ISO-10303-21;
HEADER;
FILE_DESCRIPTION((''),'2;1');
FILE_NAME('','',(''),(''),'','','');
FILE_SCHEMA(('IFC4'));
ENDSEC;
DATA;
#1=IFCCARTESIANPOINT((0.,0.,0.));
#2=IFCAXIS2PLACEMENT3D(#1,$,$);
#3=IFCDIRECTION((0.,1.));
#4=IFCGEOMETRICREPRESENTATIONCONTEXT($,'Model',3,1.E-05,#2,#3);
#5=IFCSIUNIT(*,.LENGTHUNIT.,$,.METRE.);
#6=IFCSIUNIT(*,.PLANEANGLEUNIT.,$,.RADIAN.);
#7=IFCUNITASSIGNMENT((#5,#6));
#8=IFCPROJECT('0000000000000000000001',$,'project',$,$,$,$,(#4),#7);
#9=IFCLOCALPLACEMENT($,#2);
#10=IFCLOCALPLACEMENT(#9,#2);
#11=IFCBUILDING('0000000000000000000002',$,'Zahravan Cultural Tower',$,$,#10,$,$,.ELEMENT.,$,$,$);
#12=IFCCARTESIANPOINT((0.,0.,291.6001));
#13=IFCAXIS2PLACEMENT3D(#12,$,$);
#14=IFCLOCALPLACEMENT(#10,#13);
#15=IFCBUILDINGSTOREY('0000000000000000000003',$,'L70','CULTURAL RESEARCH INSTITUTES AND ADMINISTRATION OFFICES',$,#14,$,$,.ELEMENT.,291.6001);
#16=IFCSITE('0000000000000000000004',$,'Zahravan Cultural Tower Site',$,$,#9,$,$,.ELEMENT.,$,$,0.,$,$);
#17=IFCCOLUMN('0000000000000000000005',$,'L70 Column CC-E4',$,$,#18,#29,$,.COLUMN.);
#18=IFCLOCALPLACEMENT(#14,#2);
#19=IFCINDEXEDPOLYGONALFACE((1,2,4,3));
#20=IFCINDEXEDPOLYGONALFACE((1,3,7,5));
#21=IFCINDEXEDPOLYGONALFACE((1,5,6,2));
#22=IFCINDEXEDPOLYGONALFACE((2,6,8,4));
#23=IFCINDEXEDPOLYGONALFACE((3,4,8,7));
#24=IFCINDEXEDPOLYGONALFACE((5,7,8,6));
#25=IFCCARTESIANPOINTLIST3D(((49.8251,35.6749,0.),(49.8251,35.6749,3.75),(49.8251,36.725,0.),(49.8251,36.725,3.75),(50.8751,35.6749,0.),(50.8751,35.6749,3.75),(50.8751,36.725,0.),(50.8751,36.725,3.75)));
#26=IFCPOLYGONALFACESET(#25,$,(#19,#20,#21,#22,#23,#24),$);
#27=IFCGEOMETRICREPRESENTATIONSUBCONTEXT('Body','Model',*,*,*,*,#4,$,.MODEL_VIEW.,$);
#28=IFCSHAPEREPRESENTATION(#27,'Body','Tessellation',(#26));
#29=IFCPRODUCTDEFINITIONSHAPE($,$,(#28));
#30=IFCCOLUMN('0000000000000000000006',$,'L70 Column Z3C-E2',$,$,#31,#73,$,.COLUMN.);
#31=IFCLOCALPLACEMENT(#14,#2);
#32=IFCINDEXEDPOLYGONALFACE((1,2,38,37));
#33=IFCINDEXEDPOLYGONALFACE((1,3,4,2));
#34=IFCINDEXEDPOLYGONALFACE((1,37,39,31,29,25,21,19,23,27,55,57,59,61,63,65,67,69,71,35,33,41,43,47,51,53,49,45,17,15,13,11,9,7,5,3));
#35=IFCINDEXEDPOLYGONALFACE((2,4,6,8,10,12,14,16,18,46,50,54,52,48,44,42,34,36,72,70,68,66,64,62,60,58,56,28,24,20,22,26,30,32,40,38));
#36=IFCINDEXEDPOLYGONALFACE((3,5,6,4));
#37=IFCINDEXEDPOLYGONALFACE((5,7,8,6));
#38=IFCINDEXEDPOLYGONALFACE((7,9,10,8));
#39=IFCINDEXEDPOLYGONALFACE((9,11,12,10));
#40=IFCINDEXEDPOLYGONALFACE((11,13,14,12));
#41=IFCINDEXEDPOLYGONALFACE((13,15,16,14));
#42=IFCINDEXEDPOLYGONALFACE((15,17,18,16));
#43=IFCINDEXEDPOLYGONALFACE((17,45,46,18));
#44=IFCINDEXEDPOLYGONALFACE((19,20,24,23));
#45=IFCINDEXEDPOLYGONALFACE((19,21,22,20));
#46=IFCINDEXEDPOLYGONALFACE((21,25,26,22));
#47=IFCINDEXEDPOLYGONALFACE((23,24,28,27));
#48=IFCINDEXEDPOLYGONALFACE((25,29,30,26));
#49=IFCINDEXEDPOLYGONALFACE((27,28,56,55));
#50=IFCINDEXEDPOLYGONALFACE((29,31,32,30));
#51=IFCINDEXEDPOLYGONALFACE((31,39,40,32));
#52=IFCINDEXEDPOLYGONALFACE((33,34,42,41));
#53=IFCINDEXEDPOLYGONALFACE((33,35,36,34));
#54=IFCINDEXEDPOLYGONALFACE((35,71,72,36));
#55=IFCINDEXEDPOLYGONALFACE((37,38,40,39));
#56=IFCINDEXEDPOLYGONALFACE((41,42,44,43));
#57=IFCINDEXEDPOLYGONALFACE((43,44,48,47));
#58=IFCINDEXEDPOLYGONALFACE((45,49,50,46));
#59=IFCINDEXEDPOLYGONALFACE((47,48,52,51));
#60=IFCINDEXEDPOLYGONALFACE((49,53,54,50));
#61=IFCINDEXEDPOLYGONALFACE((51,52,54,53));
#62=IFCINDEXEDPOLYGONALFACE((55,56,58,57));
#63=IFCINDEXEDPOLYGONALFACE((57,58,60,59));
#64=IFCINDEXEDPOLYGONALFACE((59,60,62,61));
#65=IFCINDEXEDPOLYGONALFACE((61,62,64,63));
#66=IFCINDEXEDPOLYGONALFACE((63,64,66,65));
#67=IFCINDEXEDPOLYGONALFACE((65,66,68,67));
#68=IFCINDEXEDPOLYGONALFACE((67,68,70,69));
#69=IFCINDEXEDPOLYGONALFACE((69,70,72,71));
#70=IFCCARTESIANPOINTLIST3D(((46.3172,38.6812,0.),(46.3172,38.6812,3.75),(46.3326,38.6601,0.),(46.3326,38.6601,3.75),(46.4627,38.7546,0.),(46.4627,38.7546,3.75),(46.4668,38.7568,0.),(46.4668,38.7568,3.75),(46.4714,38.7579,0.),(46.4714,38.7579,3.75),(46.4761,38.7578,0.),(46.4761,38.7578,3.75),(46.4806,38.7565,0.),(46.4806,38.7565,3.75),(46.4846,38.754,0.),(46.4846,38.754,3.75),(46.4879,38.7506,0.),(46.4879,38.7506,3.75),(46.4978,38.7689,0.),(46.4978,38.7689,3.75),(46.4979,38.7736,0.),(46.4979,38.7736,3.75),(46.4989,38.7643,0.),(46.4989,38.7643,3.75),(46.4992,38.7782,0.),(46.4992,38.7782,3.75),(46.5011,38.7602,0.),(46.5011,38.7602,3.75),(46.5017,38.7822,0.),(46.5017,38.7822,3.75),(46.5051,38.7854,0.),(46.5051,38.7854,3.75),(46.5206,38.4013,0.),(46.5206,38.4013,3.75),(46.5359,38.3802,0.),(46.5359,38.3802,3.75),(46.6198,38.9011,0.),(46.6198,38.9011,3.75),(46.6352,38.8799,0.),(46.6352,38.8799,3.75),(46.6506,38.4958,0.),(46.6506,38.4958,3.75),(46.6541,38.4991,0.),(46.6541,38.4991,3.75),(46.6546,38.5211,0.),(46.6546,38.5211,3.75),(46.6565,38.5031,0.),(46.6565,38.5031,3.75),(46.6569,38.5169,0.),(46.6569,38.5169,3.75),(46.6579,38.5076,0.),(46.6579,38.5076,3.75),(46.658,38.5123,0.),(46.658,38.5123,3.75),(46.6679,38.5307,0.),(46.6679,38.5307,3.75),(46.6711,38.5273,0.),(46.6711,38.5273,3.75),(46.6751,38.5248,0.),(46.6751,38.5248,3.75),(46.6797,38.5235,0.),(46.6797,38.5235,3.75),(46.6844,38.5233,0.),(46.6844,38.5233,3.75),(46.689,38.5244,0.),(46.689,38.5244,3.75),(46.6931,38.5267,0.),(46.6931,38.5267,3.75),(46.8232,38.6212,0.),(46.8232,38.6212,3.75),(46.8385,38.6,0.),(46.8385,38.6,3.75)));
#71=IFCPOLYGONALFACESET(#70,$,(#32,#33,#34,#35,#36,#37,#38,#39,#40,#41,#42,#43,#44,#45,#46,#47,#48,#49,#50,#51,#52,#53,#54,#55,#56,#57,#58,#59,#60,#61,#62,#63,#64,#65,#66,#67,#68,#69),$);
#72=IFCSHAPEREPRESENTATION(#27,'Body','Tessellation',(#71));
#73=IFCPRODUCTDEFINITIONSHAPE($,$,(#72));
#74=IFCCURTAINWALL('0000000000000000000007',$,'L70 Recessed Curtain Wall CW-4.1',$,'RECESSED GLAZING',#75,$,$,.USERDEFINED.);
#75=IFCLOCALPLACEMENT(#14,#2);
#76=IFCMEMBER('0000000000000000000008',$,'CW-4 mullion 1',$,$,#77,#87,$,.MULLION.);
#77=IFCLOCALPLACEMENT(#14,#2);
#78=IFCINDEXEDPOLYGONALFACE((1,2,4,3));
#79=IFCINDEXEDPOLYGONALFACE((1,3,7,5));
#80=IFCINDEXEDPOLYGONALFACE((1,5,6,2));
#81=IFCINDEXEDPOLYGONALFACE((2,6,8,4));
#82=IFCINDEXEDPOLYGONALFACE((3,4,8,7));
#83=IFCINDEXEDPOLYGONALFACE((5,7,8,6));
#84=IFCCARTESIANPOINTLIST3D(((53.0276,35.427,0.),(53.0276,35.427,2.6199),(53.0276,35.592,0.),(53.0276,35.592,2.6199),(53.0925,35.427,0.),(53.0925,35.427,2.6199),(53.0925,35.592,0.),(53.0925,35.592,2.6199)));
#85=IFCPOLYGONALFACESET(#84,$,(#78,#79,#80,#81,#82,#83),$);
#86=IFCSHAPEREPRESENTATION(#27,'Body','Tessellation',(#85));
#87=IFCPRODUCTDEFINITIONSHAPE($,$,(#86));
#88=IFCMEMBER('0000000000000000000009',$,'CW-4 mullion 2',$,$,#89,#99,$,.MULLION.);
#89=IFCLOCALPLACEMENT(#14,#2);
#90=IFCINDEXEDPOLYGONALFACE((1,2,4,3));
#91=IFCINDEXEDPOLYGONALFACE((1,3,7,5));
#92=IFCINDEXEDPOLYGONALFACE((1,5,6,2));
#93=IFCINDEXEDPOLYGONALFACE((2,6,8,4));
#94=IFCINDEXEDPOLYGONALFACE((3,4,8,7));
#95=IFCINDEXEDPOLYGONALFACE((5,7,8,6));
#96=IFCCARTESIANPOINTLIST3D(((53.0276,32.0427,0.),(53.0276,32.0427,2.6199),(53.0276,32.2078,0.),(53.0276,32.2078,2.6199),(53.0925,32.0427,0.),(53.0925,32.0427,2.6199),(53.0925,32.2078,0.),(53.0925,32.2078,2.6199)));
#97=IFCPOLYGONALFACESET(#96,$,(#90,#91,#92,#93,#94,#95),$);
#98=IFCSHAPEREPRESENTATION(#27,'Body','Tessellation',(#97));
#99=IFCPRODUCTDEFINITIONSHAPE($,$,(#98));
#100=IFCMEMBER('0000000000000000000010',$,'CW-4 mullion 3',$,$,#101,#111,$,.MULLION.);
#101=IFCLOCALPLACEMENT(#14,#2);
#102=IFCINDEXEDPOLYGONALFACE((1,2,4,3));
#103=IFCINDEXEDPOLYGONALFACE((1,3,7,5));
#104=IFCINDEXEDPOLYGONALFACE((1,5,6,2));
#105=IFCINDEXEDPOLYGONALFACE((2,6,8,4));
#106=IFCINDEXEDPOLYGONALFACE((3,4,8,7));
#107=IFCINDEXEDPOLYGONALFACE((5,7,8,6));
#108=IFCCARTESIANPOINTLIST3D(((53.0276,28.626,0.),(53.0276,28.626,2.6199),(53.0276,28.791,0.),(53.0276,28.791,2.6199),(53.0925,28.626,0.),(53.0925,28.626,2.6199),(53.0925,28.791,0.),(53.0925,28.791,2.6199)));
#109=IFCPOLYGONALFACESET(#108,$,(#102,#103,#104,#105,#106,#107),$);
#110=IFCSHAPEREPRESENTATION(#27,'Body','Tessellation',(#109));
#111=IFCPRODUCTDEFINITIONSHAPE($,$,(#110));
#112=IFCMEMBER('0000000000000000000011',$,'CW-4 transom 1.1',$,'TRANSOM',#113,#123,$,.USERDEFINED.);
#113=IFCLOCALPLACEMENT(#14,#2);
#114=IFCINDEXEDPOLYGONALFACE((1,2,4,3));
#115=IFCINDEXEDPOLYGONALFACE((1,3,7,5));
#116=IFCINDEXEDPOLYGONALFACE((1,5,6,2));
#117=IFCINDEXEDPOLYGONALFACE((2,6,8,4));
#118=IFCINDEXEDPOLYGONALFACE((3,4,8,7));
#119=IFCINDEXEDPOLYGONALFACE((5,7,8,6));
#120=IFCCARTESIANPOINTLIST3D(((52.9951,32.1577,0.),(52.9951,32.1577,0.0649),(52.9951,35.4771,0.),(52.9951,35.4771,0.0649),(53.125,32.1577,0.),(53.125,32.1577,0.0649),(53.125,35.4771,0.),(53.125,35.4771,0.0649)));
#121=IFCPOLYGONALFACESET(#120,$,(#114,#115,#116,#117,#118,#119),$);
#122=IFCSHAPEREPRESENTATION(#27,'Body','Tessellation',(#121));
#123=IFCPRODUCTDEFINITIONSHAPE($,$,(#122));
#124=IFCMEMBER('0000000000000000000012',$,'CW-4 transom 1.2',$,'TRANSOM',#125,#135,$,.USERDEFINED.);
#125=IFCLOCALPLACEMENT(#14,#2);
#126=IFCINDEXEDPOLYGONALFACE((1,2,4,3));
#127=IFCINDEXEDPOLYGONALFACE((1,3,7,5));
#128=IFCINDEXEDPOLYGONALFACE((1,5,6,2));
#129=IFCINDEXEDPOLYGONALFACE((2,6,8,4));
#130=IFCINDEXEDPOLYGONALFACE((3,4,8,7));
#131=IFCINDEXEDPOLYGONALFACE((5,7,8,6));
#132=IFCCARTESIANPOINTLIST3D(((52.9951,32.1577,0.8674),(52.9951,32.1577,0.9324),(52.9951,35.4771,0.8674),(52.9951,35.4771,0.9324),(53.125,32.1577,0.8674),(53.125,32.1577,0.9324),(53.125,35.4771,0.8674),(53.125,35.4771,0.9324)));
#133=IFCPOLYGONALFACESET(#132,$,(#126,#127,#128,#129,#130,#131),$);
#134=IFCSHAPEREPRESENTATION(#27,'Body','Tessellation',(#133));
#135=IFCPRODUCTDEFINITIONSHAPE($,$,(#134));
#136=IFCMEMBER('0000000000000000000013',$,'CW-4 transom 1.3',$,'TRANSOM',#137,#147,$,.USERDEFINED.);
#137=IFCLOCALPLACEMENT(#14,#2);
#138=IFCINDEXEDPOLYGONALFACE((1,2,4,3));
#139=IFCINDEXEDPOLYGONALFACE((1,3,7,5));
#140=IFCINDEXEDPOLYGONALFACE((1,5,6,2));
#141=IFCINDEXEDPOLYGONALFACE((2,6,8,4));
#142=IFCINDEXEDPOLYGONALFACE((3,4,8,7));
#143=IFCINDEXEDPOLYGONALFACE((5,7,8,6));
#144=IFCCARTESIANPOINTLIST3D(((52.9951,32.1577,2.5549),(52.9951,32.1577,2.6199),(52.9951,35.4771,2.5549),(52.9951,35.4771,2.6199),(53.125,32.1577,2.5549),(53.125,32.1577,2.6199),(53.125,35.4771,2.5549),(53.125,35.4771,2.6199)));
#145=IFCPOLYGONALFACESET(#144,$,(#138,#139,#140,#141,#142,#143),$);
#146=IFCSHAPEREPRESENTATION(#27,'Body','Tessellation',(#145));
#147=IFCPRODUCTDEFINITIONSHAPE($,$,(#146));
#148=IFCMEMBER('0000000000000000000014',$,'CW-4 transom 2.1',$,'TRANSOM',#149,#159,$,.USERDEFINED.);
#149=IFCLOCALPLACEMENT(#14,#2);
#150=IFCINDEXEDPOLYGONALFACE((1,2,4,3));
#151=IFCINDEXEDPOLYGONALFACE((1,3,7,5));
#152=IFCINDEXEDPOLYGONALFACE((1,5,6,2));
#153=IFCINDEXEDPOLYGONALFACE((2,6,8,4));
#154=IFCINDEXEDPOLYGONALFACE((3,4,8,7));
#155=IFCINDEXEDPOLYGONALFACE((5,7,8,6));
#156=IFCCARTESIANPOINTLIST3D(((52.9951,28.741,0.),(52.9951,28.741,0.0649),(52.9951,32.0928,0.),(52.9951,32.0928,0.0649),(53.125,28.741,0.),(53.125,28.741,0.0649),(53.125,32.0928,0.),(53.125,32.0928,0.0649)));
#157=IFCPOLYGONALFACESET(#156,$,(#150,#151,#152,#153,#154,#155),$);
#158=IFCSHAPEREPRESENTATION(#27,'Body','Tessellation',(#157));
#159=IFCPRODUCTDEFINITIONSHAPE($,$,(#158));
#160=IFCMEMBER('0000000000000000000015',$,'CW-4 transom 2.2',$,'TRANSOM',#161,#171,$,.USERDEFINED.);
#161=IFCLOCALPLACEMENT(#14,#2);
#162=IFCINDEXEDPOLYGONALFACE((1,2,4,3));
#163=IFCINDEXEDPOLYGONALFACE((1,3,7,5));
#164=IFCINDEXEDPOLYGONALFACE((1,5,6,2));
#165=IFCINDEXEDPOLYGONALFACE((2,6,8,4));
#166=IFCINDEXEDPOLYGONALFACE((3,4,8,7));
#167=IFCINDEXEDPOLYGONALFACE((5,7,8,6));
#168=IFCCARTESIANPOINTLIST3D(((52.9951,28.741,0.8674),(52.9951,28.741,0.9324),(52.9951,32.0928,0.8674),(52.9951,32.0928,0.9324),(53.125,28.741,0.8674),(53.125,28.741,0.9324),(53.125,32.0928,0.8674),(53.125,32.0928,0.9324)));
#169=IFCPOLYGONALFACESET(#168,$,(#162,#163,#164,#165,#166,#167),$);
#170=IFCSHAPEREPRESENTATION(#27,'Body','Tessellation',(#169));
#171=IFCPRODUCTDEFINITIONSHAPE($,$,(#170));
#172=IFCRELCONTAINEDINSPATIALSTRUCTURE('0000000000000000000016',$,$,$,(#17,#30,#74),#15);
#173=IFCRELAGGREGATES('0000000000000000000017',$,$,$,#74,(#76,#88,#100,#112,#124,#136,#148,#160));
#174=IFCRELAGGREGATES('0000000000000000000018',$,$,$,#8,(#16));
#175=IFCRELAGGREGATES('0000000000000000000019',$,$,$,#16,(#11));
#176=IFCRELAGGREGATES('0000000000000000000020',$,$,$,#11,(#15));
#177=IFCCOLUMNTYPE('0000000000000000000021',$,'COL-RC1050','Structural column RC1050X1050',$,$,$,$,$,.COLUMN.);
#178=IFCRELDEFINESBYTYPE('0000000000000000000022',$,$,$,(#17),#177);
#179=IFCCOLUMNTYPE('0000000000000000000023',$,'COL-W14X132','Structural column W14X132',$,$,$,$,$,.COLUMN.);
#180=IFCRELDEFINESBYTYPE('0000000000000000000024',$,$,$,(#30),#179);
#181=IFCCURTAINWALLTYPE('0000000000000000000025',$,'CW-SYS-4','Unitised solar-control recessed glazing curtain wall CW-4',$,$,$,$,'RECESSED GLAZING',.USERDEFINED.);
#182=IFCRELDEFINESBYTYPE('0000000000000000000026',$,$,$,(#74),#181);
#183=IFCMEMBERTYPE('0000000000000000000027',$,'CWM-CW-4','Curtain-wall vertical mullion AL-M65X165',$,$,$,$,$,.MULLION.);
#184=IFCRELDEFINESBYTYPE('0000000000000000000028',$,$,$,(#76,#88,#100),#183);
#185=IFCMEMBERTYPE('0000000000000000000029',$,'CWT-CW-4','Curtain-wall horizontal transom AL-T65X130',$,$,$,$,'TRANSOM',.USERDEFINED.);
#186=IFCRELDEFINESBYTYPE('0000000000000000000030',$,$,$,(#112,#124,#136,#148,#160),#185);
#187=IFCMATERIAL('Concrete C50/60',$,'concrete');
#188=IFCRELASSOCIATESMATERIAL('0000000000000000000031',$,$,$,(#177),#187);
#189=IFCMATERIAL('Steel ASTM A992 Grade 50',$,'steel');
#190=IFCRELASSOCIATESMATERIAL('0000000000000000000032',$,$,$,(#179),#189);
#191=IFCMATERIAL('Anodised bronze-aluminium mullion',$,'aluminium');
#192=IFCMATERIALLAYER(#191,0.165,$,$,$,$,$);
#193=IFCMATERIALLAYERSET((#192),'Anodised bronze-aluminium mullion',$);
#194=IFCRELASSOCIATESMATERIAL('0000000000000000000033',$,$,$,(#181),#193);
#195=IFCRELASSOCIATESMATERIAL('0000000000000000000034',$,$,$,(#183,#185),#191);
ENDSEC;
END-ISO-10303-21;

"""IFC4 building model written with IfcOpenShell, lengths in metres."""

from ifc_helpers import new_model, si_unit, direction, frame, origin, origin_2d, place, context, subcontext, project, spatial, rectangle, i_section, extrude, source, transform, mapped, material, layer, layer_set, material_profile, profile_set, type_object, element, aggregate, save


model = new_model("IFC4")

# Units and contexts
model_context = context("Model", 3, precision=1e-05, world=origin(), true_north=direction((0.0, 1.0)))
body_context = subcontext(model_context, "Body", "Model", "MODEL_VIEW")
ifc_project = project(units=[si_unit("LENGTHUNIT", "METRE"), si_unit("PLANEANGLEUNIT", "RADIAN")], contexts=[model_context])

# Site, building, storey
site_placement = place(None, origin())
site = spatial("IfcSite", under=ifc_project, at=site_placement, Name="Zahravan Cultural Tower Site", CompositionType="ELEMENT", RefElevation=0.0)
building_placement = place(site_placement, origin())
building = spatial("IfcBuilding", under=site, at=building_placement, Name="Zahravan Cultural Tower", CompositionType="ELEMENT")
storey_placement = place(building_placement, frame((0.0, 0.0, 291.6001)))
storey = spatial("IfcBuildingStorey", under=building, at=storey_placement, Name="L70", Description="CULTURAL RESEARCH INSTITUTES AND ADMINISTRATION OFFICES", CompositionType="ELEMENT", Elevation=291.6001)

# Columns
ifc_material_1 = material(Name="Concrete C50/60", Category="concrete")
ifc_material_profile_1 = material_profile(ifc_material_1, rectangle(XDim=1.05, YDim=1.05, at=origin_2d()), Name="RC1050X1050")
ifc_profile_set_1 = profile_set([ifc_material_profile_1], Name="Concrete C50/60")
column_type_1 = type_object("IfcColumnType", Name="COL-RC1050", Description="Structural column RC1050X1050", PredefinedType="COLUMN", material=ifc_profile_set_1)
shared_shape_1 = source(origin(), body_context, "Body", "SweptSolid", [
    extrude(rectangle(XDim=1.05, YDim=1.05, at=origin_2d()), origin(), (0.0, 0.0, 1.0), 3.75),
])
column_1_placement = place(storey_placement, frame((50.3501, 36.2, 0.0), z_axis=(0.0, 0.0, 1.0), x_axis=(1.0, 0.0, 0.0)))
element("IfcColumn", 1, at=column_1_placement, inside=storey, type_object=column_type_1, Name="L70 Column CC-E4", PredefinedType="COLUMN", context=body_context, shape_type="MappedRepresentation", body=[
    mapped(shared_shape_1, transform((0.0, 0.0, 0.0), x_axis=(1.0, 0.0, 0.0), y_axis=(0.0, 1.0, 0.0), z_axis=(0.0, 0.0, 1.0), scale=1.0)),
])
ifc_material_2 = material(Name="Steel ASTM A992 Grade 50", Category="steel")
ifc_material_profile_2 = material_profile(ifc_material_2, i_section(OverallWidth=0.374, OverallDepth=0.3721, WebThickness=0.0164, FlangeThickness=0.0261, FilletRadius=0.0181, at=origin_2d()), Name="W14X132")
ifc_profile_set_2 = profile_set([ifc_material_profile_2], Name="Steel ASTM A992 Grade 50")
column_type_2 = type_object("IfcColumnType", Name="COL-W14X132", Description="Structural column W14X132", PredefinedType="COLUMN", material=ifc_profile_set_2)
shared_shape_2 = source(origin(), body_context, "Body", "SweptSolid", [
    extrude(i_section(OverallWidth=0.374, OverallDepth=0.3721, WebThickness=0.0164, FlangeThickness=0.0261, FilletRadius=0.0181, at=origin_2d()), origin(), (0.0, 0.0, 1.0), 3.75),
])
column_2_placement = place(storey_placement, frame((46.5779, 38.6406, 0.0), z_axis=(0.0, 0.0, 1.0), x_axis=(0.809017, 0.587785, 0.0)))
element("IfcColumn", 2, at=column_2_placement, inside=storey, type_object=column_type_2, Name="L70 Column Z3C-E2", PredefinedType="COLUMN", context=body_context, shape_type="MappedRepresentation", body=[
    mapped(shared_shape_2, transform((0.0, 0.0, 0.0), x_axis=(1.0, 0.0, 0.0), y_axis=(0.0, 1.0, 0.0), z_axis=(0.0, 0.0, 1.0), scale=1.0)),
])

# Curtain wall, members
ifc_material_3 = material(Name="Anodised bronze-aluminium mullion", Category="aluminium")
ifc_layer_1 = layer(ifc_material_3, 0.165)
ifc_layer_set_1 = layer_set([ifc_layer_1], Name="Anodised bronze-aluminium mullion")
curtain_wall_type = type_object("IfcCurtainWallType", Name="CW-SYS-4", Description="Unitised solar-control recessed glazing curtain wall CW-4", ElementType="RECESSED GLAZING", PredefinedType="USERDEFINED", material=ifc_layer_set_1)
curtain_wall_placement = place(storey_placement, origin())
curtain_wall = element("IfcCurtainWall", 3, at=curtain_wall_placement, inside=storey, type_object=curtain_wall_type, Name="L70 Recessed Curtain Wall CW-4.1", ObjectType="RECESSED GLAZING", PredefinedType="USERDEFINED")
ifc_material_profile_3 = material_profile(ifc_material_3, rectangle(XDim=0.0649, YDim=0.165, at=origin_2d()), Name="AL-M65X165")
ifc_profile_set_3 = profile_set([ifc_material_profile_3], Name="Anodised bronze-aluminium mullion")
member_type_1 = type_object("IfcMemberType", Name="CWM-CW-4", Description="Curtain-wall vertical mullion AL-M65X165", PredefinedType="MULLION", material=ifc_profile_set_3)
shared_shape_3 = source(origin(), body_context, "Body", "SweptSolid", [
    extrude(rectangle(XDim=0.0649, YDim=0.165, at=origin_2d()), origin(), (0.0, 0.0, 1.0), 2.6199),
])
member_1_placement = place(storey_placement, frame((53.0601, 35.5095, 0.0), z_axis=(0.0, 0.0, 1.0), x_axis=(1.0, 0.0, 0.0)))
member_1 = element("IfcMember", 4, at=member_1_placement, type_object=member_type_1, Name="CW-4 mullion 1", PredefinedType="MULLION", context=body_context, shape_type="MappedRepresentation", body=[
    mapped(shared_shape_3, transform((0.0, 0.0, 0.0), x_axis=(1.0, 0.0, 0.0), y_axis=(0.0, 1.0, 0.0), z_axis=(0.0, 0.0, 1.0), scale=1.0)),
])
member_2_placement = place(storey_placement, frame((53.0601, 32.1252, 0.0), z_axis=(0.0, 0.0, 1.0), x_axis=(1.0, 0.0, 0.0)))
member_2 = element("IfcMember", 5, at=member_2_placement, type_object=member_type_1, Name="CW-4 mullion 2", PredefinedType="MULLION", context=body_context, shape_type="MappedRepresentation", body=[
    mapped(shared_shape_3, transform((0.0, 0.0, 0.0), x_axis=(1.0, 0.0, 0.0), y_axis=(0.0, 1.0, 0.0), z_axis=(0.0, 0.0, 1.0), scale=1.0)),
])
member_3_placement = place(storey_placement, frame((53.0601, 28.7085, 0.0), z_axis=(0.0, 0.0, 1.0), x_axis=(1.0, 0.0, 0.0)))
member_3 = element("IfcMember", 6, at=member_3_placement, type_object=member_type_1, Name="CW-4 mullion 3", PredefinedType="MULLION", context=body_context, shape_type="MappedRepresentation", body=[
    mapped(shared_shape_3, transform((0.0, 0.0, 0.0), x_axis=(1.0, 0.0, 0.0), y_axis=(0.0, 1.0, 0.0), z_axis=(0.0, 0.0, 1.0), scale=1.0)),
])
ifc_material_profile_4 = material_profile(ifc_material_3, rectangle(XDim=0.1299, YDim=0.0649, at=origin_2d()), Name="AL-T65X130")
ifc_profile_set_4 = profile_set([ifc_material_profile_4], Name="Anodised bronze-aluminium mullion")
member_type_2 = type_object("IfcMemberType", Name="CWT-CW-4", Description="Curtain-wall horizontal transom AL-T65X130", ElementType="TRANSOM", PredefinedType="USERDEFINED", material=ifc_profile_set_4)
shared_shape_4 = source(origin(), body_context, "Body", "SweptSolid", [
    extrude(rectangle(XDim=0.1299, YDim=0.0649, at=origin_2d()), origin(), (0.0, 0.0, 1.0), 3.3193),
])
member_4_placement = place(storey_placement, frame((53.0601, 35.4771, 0.0325), z_axis=(0.0, -1.0, 0.0), x_axis=(1.0, 0.0, 0.0)))
member_4 = element("IfcMember", 7, at=member_4_placement, type_object=member_type_2, Name="CW-4 transom 1.1", ObjectType="TRANSOM", PredefinedType="USERDEFINED", context=body_context, shape_type="MappedRepresentation", body=[
    mapped(shared_shape_4, transform((0.0, 0.0, 0.0), x_axis=(1.0, 0.0, 0.0), y_axis=(0.0, 1.0, 0.0), z_axis=(0.0, 0.0, 1.0), scale=1.0)),
])
member_5_placement = place(storey_placement, frame((53.0601, 35.4771, 0.8999), z_axis=(0.0, -1.0, 0.0), x_axis=(1.0, 0.0, 0.0)))
member_5 = element("IfcMember", 8, at=member_5_placement, type_object=member_type_2, Name="CW-4 transom 1.2", ObjectType="TRANSOM", PredefinedType="USERDEFINED", context=body_context, shape_type="MappedRepresentation", body=[
    mapped(shared_shape_4, transform((0.0, 0.0, 0.0), x_axis=(1.0, 0.0, 0.0), y_axis=(0.0, 1.0, 0.0), z_axis=(0.0, 0.0, 1.0), scale=1.0)),
])
member_6_placement = place(storey_placement, frame((53.0601, 35.4771, 2.5874), z_axis=(0.0, -1.0, 0.0), x_axis=(1.0, 0.0, 0.0)))
member_6 = element("IfcMember", 9, at=member_6_placement, type_object=member_type_2, Name="CW-4 transom 1.3", ObjectType="TRANSOM", PredefinedType="USERDEFINED", context=body_context, shape_type="MappedRepresentation", body=[
    mapped(shared_shape_4, transform((0.0, 0.0, 0.0), x_axis=(1.0, 0.0, 0.0), y_axis=(0.0, 1.0, 0.0), z_axis=(0.0, 0.0, 1.0), scale=1.0)),
])
shared_shape_5 = source(origin(), body_context, "Body", "SweptSolid", [
    extrude(rectangle(XDim=0.1299, YDim=0.0649, at=origin_2d()), origin(), (0.0, 0.0, 1.0), 3.3518),
])
member_7_placement = place(storey_placement, frame((53.0601, 32.0928, 0.0325), z_axis=(0.0, -1.0, 0.0), x_axis=(1.0, 0.0, 0.0)))
member_7 = element("IfcMember", 10, at=member_7_placement, type_object=member_type_2, Name="CW-4 transom 2.1", ObjectType="TRANSOM", PredefinedType="USERDEFINED", context=body_context, shape_type="MappedRepresentation", body=[
    mapped(shared_shape_5, transform((0.0, 0.0, 0.0), x_axis=(1.0, 0.0, 0.0), y_axis=(0.0, 1.0, 0.0), z_axis=(0.0, 0.0, 1.0), scale=1.0)),
])
member_8_placement = place(storey_placement, frame((53.0601, 32.0928, 0.8999), z_axis=(0.0, -1.0, 0.0), x_axis=(1.0, 0.0, 0.0)))
member_8 = element("IfcMember", 11, at=member_8_placement, type_object=member_type_2, Name="CW-4 transom 2.2", ObjectType="TRANSOM", PredefinedType="USERDEFINED", context=body_context, shape_type="MappedRepresentation", body=[
    mapped(shared_shape_5, transform((0.0, 0.0, 0.0), x_axis=(1.0, 0.0, 0.0), y_axis=(0.0, 1.0, 0.0), z_axis=(0.0, 0.0, 1.0), scale=1.0)),
])
aggregate(curtain_wall, [member_1, member_2, member_3, member_4, member_5, member_6, member_7, member_8])

save(model, "model.ifc")
